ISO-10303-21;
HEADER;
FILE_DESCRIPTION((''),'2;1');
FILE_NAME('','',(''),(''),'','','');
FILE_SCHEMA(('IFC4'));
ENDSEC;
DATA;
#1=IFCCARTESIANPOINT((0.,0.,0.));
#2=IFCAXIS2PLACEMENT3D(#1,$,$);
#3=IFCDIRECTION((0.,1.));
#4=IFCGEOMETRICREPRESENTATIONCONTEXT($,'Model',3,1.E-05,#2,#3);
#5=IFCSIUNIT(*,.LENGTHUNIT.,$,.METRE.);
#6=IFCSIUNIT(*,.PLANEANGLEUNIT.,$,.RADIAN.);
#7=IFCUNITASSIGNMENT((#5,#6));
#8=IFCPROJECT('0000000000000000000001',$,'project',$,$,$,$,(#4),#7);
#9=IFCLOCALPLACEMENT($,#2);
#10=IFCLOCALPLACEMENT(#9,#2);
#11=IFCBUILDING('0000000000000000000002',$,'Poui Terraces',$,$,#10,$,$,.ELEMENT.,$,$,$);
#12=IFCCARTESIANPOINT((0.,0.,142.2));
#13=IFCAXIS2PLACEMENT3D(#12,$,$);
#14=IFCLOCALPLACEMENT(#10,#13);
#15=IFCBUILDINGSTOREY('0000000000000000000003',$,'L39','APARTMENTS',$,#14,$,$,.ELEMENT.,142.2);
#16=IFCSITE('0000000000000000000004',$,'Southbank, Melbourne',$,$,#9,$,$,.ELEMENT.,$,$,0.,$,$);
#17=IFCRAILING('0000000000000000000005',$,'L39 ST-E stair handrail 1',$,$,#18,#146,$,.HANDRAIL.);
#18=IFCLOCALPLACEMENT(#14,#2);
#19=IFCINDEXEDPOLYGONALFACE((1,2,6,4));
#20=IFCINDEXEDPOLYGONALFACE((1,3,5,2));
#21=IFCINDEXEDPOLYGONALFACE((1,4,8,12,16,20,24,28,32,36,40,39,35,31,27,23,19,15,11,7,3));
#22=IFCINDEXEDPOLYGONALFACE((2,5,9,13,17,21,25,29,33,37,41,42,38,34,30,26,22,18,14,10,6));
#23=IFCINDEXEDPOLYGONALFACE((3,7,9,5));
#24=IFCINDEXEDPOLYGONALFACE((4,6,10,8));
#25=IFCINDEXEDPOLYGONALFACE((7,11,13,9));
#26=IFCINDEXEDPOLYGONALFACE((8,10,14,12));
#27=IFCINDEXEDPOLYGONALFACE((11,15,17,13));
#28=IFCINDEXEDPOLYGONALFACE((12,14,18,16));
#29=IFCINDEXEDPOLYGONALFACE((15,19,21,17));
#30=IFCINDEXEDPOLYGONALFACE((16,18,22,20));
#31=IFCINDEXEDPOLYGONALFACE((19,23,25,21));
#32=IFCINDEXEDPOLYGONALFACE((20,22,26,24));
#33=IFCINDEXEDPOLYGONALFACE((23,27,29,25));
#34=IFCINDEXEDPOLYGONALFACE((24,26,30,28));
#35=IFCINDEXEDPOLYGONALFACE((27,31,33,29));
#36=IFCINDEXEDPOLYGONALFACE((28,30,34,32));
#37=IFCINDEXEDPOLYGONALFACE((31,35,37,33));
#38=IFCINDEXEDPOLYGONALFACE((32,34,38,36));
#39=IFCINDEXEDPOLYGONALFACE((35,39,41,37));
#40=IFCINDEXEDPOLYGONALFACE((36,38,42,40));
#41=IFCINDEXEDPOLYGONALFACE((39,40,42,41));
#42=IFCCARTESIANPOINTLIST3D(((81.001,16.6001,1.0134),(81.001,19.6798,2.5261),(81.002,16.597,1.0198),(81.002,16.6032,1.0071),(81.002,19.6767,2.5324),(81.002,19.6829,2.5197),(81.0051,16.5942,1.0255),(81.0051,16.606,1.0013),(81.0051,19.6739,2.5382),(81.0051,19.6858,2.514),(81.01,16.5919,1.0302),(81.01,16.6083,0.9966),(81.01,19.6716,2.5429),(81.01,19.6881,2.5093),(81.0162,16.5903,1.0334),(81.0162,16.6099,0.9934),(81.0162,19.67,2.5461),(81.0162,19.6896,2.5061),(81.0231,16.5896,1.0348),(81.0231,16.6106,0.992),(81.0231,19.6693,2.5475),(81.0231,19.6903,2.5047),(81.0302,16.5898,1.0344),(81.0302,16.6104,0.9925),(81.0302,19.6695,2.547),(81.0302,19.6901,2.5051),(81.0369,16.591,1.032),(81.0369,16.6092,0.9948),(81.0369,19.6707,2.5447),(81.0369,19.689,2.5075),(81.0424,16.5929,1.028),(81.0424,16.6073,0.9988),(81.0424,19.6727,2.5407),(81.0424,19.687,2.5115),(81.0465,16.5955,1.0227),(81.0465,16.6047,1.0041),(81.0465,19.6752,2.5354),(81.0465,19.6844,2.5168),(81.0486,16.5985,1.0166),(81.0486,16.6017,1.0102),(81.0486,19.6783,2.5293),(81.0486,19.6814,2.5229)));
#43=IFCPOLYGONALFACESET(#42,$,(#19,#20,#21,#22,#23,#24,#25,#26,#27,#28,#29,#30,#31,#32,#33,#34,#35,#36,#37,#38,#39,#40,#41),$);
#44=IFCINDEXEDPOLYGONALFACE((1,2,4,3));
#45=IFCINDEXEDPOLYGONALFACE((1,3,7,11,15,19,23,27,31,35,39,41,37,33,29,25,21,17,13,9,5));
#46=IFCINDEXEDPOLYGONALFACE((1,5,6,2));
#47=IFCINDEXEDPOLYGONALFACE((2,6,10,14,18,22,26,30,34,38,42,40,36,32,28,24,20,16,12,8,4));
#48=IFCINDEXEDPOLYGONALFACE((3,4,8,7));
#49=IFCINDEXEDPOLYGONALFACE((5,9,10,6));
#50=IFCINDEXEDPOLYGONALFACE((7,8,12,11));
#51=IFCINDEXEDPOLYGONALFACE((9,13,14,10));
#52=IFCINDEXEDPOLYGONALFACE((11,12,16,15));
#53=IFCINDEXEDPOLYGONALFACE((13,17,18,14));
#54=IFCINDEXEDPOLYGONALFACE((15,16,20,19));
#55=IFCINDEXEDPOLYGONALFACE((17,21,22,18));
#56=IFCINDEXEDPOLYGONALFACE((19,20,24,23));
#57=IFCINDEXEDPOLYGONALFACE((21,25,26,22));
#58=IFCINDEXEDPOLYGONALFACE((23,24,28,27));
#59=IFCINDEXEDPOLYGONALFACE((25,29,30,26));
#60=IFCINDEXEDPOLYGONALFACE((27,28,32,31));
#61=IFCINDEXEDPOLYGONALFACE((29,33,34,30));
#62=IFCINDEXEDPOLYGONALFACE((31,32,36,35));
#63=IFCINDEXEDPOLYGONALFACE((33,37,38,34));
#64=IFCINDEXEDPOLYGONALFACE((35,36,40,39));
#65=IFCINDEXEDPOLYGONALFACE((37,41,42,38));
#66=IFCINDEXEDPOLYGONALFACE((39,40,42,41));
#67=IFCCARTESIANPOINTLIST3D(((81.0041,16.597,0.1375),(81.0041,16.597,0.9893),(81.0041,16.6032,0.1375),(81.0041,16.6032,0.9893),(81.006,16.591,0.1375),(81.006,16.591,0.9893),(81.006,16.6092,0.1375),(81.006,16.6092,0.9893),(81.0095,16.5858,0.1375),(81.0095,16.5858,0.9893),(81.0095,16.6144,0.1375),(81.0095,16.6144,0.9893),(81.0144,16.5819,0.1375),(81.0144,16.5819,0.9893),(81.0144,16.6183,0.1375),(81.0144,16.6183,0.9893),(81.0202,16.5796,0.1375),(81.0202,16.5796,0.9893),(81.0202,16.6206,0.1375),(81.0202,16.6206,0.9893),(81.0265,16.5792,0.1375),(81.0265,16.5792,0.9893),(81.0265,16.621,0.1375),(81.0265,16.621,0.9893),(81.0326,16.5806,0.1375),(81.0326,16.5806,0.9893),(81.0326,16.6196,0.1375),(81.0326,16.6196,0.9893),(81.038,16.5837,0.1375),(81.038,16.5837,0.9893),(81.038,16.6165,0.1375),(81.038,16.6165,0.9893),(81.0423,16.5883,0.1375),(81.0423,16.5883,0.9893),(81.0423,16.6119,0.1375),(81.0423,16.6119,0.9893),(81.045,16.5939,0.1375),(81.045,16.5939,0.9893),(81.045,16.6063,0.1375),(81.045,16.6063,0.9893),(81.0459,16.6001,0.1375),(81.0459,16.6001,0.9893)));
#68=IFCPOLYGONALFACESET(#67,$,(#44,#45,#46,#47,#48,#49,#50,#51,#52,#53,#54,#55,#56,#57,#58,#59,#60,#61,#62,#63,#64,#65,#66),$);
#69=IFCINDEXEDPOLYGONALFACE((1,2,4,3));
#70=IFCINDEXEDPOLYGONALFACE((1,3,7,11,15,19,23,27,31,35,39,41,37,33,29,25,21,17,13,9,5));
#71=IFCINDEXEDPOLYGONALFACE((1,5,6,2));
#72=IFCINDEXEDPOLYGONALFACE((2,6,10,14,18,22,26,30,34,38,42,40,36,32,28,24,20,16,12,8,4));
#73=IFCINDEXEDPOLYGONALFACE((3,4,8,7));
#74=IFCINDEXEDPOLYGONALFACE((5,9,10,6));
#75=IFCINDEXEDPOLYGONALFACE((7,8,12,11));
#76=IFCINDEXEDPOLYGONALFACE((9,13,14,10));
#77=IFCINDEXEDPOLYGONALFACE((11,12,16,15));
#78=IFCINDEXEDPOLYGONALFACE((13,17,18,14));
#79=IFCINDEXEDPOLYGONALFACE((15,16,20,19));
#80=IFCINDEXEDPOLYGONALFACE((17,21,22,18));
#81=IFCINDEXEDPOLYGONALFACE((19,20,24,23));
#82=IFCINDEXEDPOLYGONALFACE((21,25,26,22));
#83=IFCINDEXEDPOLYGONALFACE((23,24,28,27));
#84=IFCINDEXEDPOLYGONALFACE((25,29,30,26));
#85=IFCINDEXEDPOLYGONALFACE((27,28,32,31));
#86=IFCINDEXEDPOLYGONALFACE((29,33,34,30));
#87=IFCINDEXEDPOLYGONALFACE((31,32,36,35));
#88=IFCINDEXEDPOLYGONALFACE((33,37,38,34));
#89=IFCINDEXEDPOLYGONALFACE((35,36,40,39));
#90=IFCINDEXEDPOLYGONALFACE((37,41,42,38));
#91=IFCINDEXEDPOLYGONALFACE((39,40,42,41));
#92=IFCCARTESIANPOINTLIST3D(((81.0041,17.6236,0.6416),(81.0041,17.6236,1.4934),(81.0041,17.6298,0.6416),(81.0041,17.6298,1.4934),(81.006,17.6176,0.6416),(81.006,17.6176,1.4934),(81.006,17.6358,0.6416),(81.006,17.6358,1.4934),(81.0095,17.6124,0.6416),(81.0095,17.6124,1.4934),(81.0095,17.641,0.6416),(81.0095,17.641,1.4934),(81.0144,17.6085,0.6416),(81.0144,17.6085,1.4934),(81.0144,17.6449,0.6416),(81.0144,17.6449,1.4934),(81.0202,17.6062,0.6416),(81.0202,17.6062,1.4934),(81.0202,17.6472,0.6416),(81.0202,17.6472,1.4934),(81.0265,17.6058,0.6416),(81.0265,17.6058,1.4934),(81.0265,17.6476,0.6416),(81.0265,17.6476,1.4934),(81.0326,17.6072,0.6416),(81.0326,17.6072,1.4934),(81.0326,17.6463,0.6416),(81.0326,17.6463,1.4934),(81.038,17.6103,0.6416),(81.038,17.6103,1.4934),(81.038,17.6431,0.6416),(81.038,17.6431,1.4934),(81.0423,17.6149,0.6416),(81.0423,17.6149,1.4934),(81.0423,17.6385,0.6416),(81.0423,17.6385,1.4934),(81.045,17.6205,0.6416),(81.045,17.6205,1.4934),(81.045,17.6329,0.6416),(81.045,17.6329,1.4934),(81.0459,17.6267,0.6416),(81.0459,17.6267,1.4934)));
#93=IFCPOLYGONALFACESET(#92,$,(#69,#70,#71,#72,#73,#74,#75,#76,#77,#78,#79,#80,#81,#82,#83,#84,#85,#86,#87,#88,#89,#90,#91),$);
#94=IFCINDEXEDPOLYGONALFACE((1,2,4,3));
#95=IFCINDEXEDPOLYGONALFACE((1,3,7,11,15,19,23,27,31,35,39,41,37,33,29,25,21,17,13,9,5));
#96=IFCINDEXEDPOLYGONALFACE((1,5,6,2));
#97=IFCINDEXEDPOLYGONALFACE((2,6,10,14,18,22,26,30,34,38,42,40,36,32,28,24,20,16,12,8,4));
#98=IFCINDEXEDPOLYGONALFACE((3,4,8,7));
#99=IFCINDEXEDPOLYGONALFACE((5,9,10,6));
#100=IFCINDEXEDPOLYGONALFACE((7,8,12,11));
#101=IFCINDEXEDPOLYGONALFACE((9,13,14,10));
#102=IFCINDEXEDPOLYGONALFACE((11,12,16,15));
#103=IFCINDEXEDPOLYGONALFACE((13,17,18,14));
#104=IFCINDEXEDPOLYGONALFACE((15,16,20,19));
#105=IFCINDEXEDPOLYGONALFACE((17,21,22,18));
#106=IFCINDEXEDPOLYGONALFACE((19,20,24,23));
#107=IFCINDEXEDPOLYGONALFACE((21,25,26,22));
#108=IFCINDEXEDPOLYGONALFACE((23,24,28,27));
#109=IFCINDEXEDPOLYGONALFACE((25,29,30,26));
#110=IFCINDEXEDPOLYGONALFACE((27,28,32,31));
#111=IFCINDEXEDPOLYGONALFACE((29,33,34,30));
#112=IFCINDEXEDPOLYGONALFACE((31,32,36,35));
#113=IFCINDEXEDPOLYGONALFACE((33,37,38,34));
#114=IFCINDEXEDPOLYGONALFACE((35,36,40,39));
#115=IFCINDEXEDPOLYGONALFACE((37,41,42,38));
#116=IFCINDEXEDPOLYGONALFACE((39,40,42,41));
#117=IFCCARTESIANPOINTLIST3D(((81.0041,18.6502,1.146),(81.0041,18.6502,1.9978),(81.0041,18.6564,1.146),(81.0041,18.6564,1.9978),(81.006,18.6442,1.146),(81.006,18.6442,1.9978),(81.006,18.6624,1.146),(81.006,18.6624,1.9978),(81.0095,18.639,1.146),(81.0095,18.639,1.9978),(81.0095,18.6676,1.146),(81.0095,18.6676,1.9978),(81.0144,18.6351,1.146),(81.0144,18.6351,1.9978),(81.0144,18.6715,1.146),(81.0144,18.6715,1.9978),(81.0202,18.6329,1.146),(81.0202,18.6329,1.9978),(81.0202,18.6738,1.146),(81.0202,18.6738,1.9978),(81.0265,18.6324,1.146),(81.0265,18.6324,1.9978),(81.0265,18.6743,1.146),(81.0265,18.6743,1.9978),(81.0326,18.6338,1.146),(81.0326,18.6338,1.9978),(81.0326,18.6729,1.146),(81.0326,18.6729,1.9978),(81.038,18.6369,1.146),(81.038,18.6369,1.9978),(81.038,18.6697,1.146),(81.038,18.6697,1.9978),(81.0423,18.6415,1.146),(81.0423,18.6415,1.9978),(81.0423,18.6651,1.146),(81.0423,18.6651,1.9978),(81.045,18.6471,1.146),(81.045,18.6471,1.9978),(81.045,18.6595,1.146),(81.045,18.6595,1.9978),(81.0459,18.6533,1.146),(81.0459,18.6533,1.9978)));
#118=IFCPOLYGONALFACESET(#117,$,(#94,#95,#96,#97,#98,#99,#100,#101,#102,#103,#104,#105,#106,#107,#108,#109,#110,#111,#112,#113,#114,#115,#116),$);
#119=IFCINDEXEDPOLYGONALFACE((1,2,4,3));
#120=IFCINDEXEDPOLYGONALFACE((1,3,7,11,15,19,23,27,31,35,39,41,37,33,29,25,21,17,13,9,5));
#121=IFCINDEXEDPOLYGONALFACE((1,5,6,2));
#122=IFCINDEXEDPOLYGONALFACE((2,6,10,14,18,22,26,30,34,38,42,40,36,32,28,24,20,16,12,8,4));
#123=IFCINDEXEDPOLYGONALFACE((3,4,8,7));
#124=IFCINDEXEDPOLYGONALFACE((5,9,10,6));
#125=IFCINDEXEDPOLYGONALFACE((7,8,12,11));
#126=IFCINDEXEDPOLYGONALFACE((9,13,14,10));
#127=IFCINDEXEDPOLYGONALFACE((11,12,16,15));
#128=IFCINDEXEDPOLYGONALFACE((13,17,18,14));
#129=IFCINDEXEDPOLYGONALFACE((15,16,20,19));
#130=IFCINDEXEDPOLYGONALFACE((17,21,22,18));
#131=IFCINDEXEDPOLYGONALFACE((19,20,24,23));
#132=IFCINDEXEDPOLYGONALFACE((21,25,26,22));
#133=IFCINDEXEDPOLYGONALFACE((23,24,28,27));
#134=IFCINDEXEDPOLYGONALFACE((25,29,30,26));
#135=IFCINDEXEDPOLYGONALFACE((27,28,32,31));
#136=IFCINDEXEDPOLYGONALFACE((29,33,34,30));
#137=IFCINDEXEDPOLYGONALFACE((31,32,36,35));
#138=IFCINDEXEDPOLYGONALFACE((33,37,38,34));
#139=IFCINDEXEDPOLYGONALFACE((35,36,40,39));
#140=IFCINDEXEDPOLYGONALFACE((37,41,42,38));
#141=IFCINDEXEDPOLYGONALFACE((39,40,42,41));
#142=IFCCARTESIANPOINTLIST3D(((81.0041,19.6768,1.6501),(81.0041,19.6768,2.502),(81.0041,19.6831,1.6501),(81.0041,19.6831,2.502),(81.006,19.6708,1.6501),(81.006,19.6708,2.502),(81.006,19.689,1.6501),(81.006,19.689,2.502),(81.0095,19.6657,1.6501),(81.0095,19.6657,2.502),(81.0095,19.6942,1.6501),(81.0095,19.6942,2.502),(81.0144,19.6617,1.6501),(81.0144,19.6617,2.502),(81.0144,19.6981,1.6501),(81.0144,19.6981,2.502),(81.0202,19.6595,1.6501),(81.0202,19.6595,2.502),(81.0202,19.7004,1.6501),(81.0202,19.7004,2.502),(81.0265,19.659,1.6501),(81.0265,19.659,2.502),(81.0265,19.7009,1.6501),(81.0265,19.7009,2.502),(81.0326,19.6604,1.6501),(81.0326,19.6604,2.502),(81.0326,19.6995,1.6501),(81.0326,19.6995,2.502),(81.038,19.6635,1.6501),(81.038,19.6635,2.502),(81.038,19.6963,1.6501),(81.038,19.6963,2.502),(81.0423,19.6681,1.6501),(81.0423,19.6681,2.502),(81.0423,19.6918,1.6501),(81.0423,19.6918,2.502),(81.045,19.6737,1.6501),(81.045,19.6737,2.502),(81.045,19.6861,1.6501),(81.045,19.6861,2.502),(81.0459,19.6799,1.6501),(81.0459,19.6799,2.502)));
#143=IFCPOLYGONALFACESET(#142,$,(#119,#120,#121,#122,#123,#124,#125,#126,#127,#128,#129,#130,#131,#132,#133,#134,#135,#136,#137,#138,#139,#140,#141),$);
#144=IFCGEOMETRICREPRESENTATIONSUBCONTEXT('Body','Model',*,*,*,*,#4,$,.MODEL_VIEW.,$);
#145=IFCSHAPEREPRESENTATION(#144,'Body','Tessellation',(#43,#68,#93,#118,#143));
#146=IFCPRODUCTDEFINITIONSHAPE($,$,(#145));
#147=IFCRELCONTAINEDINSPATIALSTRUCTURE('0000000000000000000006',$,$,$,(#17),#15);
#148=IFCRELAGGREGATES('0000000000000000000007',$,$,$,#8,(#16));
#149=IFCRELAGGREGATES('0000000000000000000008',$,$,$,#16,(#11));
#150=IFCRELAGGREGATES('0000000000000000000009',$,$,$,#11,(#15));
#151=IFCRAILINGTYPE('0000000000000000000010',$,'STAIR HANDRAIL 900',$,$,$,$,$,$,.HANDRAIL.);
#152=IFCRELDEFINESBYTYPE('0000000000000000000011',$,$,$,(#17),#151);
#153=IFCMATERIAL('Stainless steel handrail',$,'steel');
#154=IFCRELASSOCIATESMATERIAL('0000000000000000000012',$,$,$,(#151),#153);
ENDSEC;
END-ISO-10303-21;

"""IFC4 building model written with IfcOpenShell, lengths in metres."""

from ifc_helpers import new_model, si_unit, direction, frame, origin, origin_2d, place, context, subcontext, project, spatial, circle, extrude, material, type_object, element, save


model = new_model("IFC4")

# Units and contexts
model_context = context("Model", 3, precision=1e-05, world=origin(), true_north=direction((0.0, 1.0)))
body_context = subcontext(model_context, "Body", "Model", "MODEL_VIEW")
ifc_project = project(units=[si_unit("LENGTHUNIT", "METRE"), si_unit("PLANEANGLEUNIT", "RADIAN")], contexts=[model_context])

# Site, building, storey
site_placement = place(None, origin())
site = spatial("IfcSite", under=ifc_project, at=site_placement, Name="Southbank, Melbourne", CompositionType="ELEMENT", RefElevation=0.0)
building_placement = place(site_placement, origin())
building = spatial("IfcBuilding", under=site, at=building_placement, Name="Poui Terraces", CompositionType="ELEMENT")
storey_placement = place(building_placement, frame((0.0, 0.0, 142.2)))
storey = spatial("IfcBuildingStorey", under=building, at=storey_placement, Name="L39", Description="APARTMENTS", CompositionType="ELEMENT", Elevation=142.2)

# Railing
ifc_material_1 = material(Name="Stainless steel handrail", Category="steel")
railing_type_1 = type_object("IfcRailingType", Name="STAIR HANDRAIL 900", PredefinedType="HANDRAIL", material=ifc_material_1)
railing_1_placement = place(storey_placement, frame((81.0249, 16.6001, 0.1375)))
element("IfcRailing", 1, at=railing_1_placement, inside=storey, type_object=railing_type_1, Name="L39 ST-E stair handrail 1", PredefinedType="HANDRAIL", context=body_context, shape_type="SweptSolid", body=[
    extrude(circle(Radius=0.0239, at=origin_2d()), frame((0.0, 0.0, 0.876), z_axis=(0.0, 0.897578, 0.440856), x_axis=(-1.0, 0.0, 0.0)), (0.0, 0.0, 1.0), 3.4312),
    extrude(circle(Radius=0.021, at=origin_2d()), origin(), (0.0, 0.0, 1.0), 0.8518),
    extrude(circle(Radius=0.021, at=origin_2d()), frame((0.0, 1.0266, 0.5042)), (0.0, 0.0, 1.0), 0.8518),
    extrude(circle(Radius=0.021, at=origin_2d()), frame((0.0, 2.0532, 1.0085)), (0.0, 0.0, 1.0), 0.8518),
    extrude(circle(Radius=0.021, at=origin_2d()), frame((0.0, 3.0798, 1.5127)), (0.0, 0.0, 1.0), 0.8518),
])

save(model, "model.ifc")
